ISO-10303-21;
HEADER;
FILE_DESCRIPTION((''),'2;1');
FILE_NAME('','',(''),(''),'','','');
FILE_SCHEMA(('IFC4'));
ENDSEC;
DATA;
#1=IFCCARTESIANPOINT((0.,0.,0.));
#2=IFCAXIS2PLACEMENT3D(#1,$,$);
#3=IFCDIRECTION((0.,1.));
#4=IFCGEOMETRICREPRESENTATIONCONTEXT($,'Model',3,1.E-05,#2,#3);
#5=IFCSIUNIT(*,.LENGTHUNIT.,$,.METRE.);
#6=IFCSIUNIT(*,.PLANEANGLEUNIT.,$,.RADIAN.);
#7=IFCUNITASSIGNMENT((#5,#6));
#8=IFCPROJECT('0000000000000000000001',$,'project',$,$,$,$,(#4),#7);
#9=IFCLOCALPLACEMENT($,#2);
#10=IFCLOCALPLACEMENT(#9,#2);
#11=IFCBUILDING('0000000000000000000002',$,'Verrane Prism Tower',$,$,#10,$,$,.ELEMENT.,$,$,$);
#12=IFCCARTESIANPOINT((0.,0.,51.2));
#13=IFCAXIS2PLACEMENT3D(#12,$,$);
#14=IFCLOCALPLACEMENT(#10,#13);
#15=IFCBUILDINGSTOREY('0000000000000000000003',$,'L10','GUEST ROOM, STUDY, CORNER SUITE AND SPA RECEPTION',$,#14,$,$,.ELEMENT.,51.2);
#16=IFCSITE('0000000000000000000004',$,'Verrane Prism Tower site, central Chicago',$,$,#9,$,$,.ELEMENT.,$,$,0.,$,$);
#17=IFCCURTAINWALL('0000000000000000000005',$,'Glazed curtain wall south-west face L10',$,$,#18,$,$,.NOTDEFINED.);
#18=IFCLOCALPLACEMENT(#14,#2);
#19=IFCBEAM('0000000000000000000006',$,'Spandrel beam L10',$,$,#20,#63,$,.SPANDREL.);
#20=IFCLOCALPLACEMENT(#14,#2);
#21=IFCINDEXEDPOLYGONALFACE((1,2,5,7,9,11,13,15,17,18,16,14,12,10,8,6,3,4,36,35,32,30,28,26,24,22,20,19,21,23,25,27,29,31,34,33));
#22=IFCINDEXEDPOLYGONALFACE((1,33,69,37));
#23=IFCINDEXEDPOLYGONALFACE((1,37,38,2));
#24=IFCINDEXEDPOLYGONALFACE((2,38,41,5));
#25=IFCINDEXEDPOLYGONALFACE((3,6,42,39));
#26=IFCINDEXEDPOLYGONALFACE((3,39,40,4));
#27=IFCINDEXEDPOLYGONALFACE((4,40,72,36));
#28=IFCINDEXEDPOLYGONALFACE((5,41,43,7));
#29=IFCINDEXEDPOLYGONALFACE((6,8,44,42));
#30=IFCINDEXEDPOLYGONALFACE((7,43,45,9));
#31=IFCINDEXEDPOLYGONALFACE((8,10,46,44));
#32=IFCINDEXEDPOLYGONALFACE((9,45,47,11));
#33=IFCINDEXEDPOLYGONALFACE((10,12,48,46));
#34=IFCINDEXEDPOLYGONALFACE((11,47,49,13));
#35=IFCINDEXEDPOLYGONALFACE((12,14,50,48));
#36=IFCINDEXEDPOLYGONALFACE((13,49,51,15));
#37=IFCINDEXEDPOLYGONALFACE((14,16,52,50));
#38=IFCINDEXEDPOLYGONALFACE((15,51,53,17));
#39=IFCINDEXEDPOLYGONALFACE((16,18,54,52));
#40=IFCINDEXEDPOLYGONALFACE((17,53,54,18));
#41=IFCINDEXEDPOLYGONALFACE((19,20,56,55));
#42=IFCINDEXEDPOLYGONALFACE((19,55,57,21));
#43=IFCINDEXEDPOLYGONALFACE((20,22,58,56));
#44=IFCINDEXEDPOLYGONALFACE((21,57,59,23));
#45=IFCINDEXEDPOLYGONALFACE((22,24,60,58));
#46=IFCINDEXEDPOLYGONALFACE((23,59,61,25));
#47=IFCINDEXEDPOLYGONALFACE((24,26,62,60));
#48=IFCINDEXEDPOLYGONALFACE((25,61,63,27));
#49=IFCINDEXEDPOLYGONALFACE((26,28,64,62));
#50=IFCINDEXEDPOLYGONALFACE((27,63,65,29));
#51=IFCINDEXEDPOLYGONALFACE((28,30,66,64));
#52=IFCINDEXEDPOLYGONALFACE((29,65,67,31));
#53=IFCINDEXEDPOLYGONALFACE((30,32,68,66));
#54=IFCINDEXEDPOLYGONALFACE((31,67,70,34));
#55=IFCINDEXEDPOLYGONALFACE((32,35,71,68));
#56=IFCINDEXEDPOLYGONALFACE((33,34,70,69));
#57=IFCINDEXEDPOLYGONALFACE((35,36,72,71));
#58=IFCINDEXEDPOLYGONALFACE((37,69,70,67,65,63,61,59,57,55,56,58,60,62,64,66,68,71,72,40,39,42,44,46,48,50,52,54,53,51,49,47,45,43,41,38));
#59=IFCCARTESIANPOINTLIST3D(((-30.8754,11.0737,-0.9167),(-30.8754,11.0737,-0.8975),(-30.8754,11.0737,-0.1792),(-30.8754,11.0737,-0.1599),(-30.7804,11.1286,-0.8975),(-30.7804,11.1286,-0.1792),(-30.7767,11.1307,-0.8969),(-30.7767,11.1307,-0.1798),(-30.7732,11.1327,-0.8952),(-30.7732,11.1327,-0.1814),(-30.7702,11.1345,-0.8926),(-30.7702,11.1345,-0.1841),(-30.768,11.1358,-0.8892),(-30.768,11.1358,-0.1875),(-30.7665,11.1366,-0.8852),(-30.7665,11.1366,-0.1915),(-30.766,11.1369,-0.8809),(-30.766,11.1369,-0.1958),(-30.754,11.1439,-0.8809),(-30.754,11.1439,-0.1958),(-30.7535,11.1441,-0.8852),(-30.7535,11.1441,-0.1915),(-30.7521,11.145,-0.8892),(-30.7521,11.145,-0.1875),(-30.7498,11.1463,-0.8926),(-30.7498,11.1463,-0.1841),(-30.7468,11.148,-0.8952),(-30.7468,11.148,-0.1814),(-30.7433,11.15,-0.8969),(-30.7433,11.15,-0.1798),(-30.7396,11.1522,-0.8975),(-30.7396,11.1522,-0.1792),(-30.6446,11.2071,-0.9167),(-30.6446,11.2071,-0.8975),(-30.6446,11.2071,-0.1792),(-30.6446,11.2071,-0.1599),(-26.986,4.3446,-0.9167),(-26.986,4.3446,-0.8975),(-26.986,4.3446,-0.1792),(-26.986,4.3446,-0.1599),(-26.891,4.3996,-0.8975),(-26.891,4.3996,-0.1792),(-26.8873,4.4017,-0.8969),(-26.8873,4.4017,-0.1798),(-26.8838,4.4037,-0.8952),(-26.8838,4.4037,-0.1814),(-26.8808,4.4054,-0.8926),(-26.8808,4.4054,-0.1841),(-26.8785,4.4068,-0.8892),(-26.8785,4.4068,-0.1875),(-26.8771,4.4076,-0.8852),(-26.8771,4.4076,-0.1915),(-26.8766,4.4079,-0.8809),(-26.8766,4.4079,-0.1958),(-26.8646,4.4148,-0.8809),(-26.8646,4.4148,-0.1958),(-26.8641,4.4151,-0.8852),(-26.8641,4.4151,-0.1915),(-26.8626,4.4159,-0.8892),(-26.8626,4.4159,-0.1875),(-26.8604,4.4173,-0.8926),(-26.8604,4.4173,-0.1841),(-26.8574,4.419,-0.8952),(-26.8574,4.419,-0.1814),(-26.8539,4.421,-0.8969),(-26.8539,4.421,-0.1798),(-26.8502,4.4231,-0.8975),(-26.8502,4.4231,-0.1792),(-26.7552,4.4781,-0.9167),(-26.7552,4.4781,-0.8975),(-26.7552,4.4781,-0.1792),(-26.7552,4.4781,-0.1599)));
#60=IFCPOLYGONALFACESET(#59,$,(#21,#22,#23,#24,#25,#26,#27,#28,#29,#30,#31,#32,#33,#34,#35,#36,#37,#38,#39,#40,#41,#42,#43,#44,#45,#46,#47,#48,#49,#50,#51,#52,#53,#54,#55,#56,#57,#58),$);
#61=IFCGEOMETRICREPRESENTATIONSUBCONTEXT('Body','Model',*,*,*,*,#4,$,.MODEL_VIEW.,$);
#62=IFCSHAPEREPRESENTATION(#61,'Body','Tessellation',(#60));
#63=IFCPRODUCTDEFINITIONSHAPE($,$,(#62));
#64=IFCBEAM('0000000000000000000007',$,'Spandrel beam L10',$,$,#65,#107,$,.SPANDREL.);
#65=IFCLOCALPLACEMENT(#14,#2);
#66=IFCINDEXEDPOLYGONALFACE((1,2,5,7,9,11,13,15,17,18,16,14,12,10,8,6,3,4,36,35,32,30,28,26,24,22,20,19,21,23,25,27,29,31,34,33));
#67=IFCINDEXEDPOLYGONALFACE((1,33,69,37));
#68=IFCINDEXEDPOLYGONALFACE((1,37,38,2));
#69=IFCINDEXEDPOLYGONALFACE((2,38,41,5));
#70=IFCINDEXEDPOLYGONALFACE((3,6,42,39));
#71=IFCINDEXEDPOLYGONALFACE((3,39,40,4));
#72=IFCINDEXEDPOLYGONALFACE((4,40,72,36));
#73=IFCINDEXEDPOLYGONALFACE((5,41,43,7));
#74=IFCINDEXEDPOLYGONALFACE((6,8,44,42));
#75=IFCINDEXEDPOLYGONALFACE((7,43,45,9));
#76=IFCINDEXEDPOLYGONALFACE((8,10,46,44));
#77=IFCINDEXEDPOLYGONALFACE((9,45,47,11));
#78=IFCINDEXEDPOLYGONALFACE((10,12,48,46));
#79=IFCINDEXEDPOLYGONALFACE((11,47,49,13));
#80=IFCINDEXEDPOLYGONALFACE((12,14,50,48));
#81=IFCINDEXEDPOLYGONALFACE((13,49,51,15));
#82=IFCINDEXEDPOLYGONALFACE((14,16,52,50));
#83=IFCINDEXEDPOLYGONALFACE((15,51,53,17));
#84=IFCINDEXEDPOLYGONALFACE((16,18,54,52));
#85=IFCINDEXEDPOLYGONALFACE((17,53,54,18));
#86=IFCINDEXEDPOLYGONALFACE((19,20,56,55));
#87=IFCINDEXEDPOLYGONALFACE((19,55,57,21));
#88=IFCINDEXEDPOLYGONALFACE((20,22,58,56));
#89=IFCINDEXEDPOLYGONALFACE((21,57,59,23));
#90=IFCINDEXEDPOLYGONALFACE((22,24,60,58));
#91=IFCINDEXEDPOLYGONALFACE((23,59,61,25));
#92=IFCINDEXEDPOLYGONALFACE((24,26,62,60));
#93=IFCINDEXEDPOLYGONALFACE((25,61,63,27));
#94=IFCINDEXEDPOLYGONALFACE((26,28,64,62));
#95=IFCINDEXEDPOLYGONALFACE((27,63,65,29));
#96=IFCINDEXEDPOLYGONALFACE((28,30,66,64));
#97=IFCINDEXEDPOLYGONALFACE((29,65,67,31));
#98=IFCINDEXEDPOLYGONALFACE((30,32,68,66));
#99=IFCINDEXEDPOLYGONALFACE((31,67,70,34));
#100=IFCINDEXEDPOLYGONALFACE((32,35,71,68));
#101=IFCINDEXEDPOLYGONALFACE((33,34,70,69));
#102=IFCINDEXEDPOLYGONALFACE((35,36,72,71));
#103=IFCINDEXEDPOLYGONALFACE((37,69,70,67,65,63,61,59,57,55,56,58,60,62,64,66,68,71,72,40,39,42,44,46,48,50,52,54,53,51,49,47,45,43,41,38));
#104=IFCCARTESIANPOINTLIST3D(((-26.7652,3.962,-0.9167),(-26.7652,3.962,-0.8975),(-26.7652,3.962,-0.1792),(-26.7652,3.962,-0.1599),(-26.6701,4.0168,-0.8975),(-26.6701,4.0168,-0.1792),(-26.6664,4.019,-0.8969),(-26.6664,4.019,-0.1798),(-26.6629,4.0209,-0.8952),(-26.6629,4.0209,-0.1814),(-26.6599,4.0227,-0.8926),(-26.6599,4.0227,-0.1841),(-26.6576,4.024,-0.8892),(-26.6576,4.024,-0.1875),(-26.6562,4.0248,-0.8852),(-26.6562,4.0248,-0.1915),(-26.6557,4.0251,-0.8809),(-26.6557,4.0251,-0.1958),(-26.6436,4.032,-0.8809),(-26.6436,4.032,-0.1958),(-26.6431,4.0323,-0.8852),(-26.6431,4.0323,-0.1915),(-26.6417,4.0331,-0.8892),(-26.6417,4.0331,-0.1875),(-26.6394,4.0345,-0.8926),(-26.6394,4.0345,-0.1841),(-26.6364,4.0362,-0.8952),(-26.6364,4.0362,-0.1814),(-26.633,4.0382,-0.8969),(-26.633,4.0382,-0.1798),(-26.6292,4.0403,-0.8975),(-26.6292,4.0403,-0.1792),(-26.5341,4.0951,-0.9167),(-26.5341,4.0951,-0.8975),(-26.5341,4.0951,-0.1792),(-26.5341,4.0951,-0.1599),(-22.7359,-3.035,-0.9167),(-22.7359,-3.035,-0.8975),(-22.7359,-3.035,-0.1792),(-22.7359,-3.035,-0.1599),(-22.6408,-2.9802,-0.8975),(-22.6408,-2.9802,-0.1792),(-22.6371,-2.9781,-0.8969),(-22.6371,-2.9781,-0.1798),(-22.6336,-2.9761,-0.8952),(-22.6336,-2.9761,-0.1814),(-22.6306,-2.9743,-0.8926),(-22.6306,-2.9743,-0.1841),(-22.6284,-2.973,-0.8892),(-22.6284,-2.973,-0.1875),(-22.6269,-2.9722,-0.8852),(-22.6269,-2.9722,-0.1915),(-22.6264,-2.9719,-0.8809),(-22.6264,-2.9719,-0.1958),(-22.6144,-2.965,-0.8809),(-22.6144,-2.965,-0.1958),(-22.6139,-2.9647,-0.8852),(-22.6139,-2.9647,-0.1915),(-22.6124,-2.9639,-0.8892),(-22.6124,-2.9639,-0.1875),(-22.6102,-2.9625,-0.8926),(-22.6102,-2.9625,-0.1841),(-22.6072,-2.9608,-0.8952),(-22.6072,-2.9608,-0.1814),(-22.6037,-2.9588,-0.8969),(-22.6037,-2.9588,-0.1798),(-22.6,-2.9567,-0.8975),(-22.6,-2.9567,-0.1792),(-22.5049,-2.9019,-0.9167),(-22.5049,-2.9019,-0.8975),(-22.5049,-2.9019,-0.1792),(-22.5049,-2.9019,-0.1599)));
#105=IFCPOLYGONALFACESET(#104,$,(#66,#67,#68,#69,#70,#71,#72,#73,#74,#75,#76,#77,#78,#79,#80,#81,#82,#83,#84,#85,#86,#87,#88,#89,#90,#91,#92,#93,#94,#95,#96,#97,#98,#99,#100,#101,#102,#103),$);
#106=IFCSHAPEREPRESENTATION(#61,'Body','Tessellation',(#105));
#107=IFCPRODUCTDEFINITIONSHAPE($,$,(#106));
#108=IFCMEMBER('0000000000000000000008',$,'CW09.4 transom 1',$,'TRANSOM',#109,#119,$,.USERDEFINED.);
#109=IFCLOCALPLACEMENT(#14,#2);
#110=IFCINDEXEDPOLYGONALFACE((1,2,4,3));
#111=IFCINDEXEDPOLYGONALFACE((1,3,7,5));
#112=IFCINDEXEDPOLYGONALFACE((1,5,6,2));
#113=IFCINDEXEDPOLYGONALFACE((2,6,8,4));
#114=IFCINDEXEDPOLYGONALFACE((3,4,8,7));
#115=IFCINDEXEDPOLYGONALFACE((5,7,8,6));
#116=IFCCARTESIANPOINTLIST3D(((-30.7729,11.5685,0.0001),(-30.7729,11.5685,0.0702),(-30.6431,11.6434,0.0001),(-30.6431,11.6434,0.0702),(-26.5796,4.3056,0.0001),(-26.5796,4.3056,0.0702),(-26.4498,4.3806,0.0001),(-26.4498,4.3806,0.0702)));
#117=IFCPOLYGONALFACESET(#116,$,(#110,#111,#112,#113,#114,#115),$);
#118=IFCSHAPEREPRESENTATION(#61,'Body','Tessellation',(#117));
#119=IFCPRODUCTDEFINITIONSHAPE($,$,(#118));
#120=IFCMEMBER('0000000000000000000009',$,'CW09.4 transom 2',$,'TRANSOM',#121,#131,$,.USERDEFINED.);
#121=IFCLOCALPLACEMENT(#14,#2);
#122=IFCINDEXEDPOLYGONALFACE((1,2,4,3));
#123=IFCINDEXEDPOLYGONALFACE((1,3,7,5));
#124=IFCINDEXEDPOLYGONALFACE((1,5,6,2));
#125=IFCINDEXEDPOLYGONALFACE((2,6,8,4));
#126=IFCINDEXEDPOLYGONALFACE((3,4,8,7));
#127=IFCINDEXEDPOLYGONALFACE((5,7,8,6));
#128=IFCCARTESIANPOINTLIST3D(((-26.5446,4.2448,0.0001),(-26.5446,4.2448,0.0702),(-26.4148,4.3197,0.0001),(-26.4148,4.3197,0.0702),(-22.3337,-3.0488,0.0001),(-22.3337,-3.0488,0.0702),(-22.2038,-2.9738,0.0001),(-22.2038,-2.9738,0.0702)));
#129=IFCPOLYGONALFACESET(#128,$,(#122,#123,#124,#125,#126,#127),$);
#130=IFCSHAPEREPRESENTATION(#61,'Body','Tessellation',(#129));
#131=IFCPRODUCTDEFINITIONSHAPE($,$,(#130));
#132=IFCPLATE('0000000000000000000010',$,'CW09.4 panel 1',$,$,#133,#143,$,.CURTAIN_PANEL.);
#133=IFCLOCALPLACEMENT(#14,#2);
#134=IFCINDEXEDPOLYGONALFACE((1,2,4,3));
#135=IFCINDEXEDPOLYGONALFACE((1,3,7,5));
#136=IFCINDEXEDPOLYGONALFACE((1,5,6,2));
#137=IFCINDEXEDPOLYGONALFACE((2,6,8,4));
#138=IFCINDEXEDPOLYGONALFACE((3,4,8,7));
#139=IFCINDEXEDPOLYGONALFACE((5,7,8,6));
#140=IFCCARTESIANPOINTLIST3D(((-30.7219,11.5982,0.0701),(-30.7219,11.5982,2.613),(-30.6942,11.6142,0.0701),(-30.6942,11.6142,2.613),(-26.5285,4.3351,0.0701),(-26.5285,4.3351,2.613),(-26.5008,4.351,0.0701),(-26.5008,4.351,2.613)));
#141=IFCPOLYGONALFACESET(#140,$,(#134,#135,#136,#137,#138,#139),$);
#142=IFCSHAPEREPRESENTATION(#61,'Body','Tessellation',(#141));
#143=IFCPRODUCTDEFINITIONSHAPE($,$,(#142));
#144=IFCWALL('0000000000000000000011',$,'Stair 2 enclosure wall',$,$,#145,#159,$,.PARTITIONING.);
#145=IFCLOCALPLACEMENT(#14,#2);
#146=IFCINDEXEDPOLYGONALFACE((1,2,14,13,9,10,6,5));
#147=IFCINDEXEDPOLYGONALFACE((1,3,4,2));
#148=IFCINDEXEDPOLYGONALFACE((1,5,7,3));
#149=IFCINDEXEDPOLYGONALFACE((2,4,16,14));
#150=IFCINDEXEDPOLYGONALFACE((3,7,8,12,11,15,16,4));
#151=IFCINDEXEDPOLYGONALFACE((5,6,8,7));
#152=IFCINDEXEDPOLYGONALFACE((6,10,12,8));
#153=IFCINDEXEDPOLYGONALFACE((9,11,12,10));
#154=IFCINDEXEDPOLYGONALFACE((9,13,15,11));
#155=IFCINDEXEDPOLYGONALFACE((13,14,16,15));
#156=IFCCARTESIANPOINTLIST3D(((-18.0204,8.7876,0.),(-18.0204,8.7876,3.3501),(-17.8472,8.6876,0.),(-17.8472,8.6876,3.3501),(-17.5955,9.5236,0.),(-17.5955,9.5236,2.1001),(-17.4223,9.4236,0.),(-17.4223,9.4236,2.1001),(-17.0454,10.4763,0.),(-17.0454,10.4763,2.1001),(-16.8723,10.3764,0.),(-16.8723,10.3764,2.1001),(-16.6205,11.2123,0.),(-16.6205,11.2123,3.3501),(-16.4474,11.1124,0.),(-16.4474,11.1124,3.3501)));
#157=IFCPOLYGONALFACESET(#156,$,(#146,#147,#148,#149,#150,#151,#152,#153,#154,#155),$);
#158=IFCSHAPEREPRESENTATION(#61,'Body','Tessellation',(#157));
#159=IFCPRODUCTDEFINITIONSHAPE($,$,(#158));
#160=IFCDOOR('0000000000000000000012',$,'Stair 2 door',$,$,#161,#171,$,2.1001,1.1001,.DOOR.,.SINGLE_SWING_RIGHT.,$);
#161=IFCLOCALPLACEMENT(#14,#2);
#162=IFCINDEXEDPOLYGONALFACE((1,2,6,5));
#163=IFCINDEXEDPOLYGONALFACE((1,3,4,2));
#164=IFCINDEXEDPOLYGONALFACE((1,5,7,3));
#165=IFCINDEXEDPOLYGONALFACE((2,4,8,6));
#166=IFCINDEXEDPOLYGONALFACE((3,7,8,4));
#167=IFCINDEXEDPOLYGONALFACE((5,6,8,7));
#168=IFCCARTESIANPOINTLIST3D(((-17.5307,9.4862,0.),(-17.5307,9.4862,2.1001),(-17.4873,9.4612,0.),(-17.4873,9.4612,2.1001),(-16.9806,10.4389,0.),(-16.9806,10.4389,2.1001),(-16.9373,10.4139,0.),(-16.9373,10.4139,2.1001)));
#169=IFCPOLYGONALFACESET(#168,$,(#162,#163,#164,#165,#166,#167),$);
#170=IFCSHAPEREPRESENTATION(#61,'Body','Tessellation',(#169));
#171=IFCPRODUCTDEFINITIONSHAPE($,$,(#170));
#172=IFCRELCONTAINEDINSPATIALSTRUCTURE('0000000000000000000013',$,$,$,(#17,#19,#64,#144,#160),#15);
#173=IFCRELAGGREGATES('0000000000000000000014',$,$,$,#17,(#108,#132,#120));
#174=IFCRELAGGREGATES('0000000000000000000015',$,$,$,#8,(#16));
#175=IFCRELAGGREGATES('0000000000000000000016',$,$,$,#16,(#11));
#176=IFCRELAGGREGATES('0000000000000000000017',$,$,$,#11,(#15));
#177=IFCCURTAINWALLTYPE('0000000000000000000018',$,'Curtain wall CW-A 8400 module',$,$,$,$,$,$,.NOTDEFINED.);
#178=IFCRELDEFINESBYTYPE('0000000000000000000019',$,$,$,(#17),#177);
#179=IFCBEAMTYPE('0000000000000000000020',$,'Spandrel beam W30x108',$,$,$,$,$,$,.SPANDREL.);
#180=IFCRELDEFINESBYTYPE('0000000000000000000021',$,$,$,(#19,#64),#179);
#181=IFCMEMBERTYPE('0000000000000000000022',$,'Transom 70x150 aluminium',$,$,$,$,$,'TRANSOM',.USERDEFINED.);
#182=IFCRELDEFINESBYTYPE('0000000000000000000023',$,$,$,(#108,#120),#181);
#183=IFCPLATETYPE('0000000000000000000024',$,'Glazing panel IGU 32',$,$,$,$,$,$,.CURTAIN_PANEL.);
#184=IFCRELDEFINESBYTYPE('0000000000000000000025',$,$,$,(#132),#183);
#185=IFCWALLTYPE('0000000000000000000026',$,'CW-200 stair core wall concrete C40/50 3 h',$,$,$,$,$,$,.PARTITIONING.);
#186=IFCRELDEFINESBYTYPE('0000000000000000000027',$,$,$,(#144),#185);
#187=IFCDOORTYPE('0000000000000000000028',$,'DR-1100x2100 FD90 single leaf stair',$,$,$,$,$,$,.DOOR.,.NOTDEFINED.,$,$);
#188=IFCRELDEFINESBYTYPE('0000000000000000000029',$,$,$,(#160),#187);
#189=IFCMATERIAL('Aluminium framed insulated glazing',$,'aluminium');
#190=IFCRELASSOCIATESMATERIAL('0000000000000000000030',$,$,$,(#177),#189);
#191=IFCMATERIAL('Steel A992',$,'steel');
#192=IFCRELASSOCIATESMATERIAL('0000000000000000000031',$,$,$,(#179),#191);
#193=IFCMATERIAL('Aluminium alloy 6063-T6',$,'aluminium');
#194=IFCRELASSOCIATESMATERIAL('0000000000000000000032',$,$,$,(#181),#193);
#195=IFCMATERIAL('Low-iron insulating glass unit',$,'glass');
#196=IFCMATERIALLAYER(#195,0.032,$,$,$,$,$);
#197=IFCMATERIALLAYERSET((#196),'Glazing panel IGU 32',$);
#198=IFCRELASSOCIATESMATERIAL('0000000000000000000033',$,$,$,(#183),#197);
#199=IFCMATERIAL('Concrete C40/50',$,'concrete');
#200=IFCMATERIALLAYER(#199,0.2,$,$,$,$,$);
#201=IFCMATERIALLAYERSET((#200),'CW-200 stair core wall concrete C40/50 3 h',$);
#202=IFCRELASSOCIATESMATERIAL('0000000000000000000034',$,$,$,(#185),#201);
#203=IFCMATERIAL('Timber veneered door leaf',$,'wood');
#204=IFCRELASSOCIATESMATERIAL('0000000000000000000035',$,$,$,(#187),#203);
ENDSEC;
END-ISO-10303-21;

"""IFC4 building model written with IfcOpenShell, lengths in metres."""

from ifc_helpers import new_model, si_unit, direction, frame, frame_2d, origin, origin_2d, place, context, subcontext, project, spatial, rectangle, i_section, extrude, material, layer, layer_set, material_profile, profile_set, type_object, element, fill, aggregate, save


model = new_model("IFC4")

# Units and contexts
model_context = context("Model", 3, precision=1e-05, world=origin(), true_north=direction((0.0, 1.0)))
body_context = subcontext(model_context, "Body", "Model", "MODEL_VIEW")
ifc_project = project(units=[si_unit("LENGTHUNIT", "METRE"), si_unit("PLANEANGLEUNIT", "RADIAN")], contexts=[model_context])

# Site, building, storey
site_placement = place(None, origin())
site = spatial("IfcSite", under=ifc_project, at=site_placement, Name="Verrane Prism Tower site, central Chicago", CompositionType="ELEMENT", RefElevation=0.0)
building_placement = place(site_placement, origin())
building = spatial("IfcBuilding", under=site, at=building_placement, Name="Verrane Prism Tower", CompositionType="ELEMENT")
storey_placement = place(building_placement, frame((0.0, 0.0, 51.2)))
storey = spatial("IfcBuildingStorey", under=building, at=storey_placement, Name="L10", Description="GUEST ROOM, STUDY, CORNER SUITE AND SPA RECEPTION", CompositionType="ELEMENT", Elevation=51.2)

# Curtain wall
ifc_material_1 = material(Name="Aluminium framed insulated glazing", Category="aluminium")
curtain_wall_type = type_object("IfcCurtainWallType", Name="Curtain wall CW-A 8400 module", PredefinedType="NOTDEFINED", material=ifc_material_1)
curtain_wall_placement = place(storey_placement, origin())
curtain_wall = element("IfcCurtainWall", 1, at=curtain_wall_placement, inside=storey, type_object=curtain_wall_type, Name="Glazed curtain wall south-west face L10", PredefinedType="NOTDEFINED")

# Beams
ifc_material_2 = material(Name="Steel A992", Category="steel")
ifc_material_profile_1 = material_profile(ifc_material_2, i_section(OverallWidth=0.2666, OverallDepth=0.7568, WebThickness=0.0139, FlangeThickness=0.0193, FilletRadius=0.0166, at=origin_2d()), Name="W30x108")
ifc_profile_set_1 = profile_set([ifc_material_profile_1], Name="Steel A992")
beam_type_1 = type_object("IfcBeamType", Name="Spandrel beam W30x108", PredefinedType="SPANDREL", material=ifc_profile_set_1)
beam_1_placement = place(storey_placement, frame((-30.76, 11.1404, -0.5383), z_axis=(0.500426, -0.865779, 0.0), x_axis=(0.865779, 0.500426, 0.0)))
element("IfcBeam", 2, at=beam_1_placement, inside=storey, type_object=beam_type_1, Name="Spandrel beam L10", PredefinedType="SPANDREL", context=body_context, shape_type="SweptSolid", body=[
    extrude(i_section(OverallWidth=0.2666, OverallDepth=0.7568, WebThickness=0.0139, FlangeThickness=0.0193, FilletRadius=0.0166, at=origin_2d()), origin(), (0.0, 0.0, 1.0), 7.7722),
])
beam_2_placement = place(storey_placement, frame((-26.6497, 4.0286, -0.5383), z_axis=(0.499028, -0.866586, 0.0), x_axis=(0.866586, 0.499028, 0.0)))
element("IfcBeam", 3, at=beam_2_placement, inside=storey, type_object=beam_type_1, Name="Spandrel beam L10", PredefinedType="SPANDREL", context=body_context, shape_type="SweptSolid", body=[
    extrude(i_section(OverallWidth=0.2666, OverallDepth=0.7568, WebThickness=0.0139, FlangeThickness=0.0193, FilletRadius=0.0166, at=origin_2d()), origin(), (0.0, 0.0, 1.0), 8.0742),
])

# Members
ifc_material_3 = material(Name="Aluminium alloy 6063-T6", Category="aluminium")
ifc_material_profile_2 = material_profile(ifc_material_3, rectangle(XDim=0.1499, YDim=0.0701, at=origin_2d()), Name="Transom 70x150 aluminium")
ifc_profile_set_2 = profile_set([ifc_material_profile_2], Name="Aluminium alloy 6063-T6")
member_type_1 = type_object("IfcMemberType", Name="Transom 70x150 aluminium", ElementType="TRANSOM", PredefinedType="USERDEFINED", material=ifc_profile_set_2)
member_1_placement = place(storey_placement, frame((-30.708, 11.606, 0.0352), z_axis=(0.500009, -0.86602, 0.0), x_axis=(0.86602, 0.500009, 0.0)))
member_1 = element("IfcMember", 4, at=member_1_placement, type_object=member_type_1, Name="CW09.4 transom 1", ObjectType="TRANSOM", PredefinedType="USERDEFINED", context=body_context, shape_type="SweptSolid", body=[
    extrude(rectangle(XDim=0.1499, YDim=0.0701, at=origin_2d()), origin(), (0.0, 0.0, 1.0), 8.3865),
])
member_2_placement = place(storey_placement, frame((-26.4797, 4.2822, 0.0352), z_axis=(0.500005, -0.866022, 0.0), x_axis=(0.866022, 0.500005, 0.0)))
member_2 = element("IfcMember", 5, at=member_2_placement, type_object=member_type_1, Name="CW09.4 transom 2", ObjectType="TRANSOM", PredefinedType="USERDEFINED", context=body_context, shape_type="SweptSolid", body=[
    extrude(rectangle(XDim=0.1499, YDim=0.0701, at=origin_2d()), origin(), (0.0, 0.0, 1.0), 8.4219),
])

# Plate
ifc_material_4 = material(Name="Low-iron insulating glass unit", Category="glass")
ifc_layer_1 = layer(ifc_material_4, 0.032)
ifc_layer_set_1 = layer_set([ifc_layer_1], Name="Glazing panel IGU 32")
plate_type = type_object("IfcPlateType", Name="Glazing panel IGU 32", PredefinedType="CURTAIN_PANEL", material=ifc_layer_set_1)
plate_placement = place(storey_placement, frame((-28.6113, 7.9746, 0.0701), z_axis=(0.0, 0.0, 1.0), x_axis=(0.499999, -0.866026, 0.0)))
plate = element("IfcPlate", 6, at=plate_placement, type_object=plate_type, Name="CW09.4 panel 1", PredefinedType="CURTAIN_PANEL", context=body_context, shape_type="SweptSolid", body=[
    extrude(rectangle(XDim=8.3867, YDim=0.032, at=origin_2d()), origin(), (0.0, 0.0, 1.0), 2.543),
])
aggregate(curtain_wall, [member_1, plate, member_2])

# Wall, opening, door
ifc_material_5 = material(Name="Concrete C40/50", Category="concrete")
ifc_layer_2 = layer(ifc_material_5, 0.2)
ifc_layer_set_2 = layer_set([ifc_layer_2], Name="CW-200 stair core wall concrete C40/50 3 h")
wall_type_1 = type_object("IfcWallType", Name="CW-200 stair core wall concrete C40/50 3 h", PredefinedType="PARTITIONING", material=ifc_layer_set_2)
wall_1_placement = place(storey_placement, frame((-16.5339, 11.1624, 0.0), z_axis=(0.0, 0.0, 1.0), x_axis=(-0.499984, -0.866035, 0.0)))
wall_1 = element("IfcWall", 7, at=wall_1_placement, inside=storey, type_object=wall_type_1, Name="Stair 2 enclosure wall", PredefinedType="PARTITIONING", context=body_context, shape_type="SweptSolid", body=[
    extrude(rectangle(XDim=2.7998, YDim=0.2, at=frame_2d((1.3999, 0.0))), origin(), (0.0, 0.0, 1.0), 3.3501),
])
opening_1_placement = place(wall_1_placement, frame((0.8499, 0.0, 0.0)))
opening_1 = element("IfcOpeningElement", 8, at=opening_1_placement, cuts=wall_1, PredefinedType="OPENING", context=body_context, shape_type="SweptSolid", body=[
    extrude(rectangle(XDim=1.1001, YDim=2.1001, at=frame_2d((0.55, 1.05))), frame((0.0, 0.1099, 0.0), z_axis=(0.0, -1.0, 0.0), x_axis=(1.0, 0.0, 0.0)), (0.0, 0.0, 1.0), 0.22),
])
ifc_material_6 = material(Name="Timber veneered door leaf", Category="wood")
door_type_1 = type_object("IfcDoorType", Name="DR-1100x2100 FD90 single leaf stair", OperationType="NOTDEFINED", PredefinedType="DOOR", material=ifc_material_6)
door_1_placement = place(opening_1_placement, origin())
door_1 = element("IfcDoor", 9, at=door_1_placement, inside=storey, type_object=door_type_1, Name="Stair 2 door", OperationType="SINGLE_SWING_RIGHT", OverallHeight=2.1001, OverallWidth=1.1001, PredefinedType="DOOR", context=body_context, shape_type="SweptSolid", body=[
    extrude(rectangle(XDim=1.1001, YDim=2.1001, at=frame_2d((0.55, 1.05))), frame((0.0, 0.0249, 0.0), z_axis=(0.0, -1.0, 0.0), x_axis=(1.0, 0.0, 0.0)), (0.0, 0.0, 1.0), 0.05),
])
fill(opening_1, door_1)

save(model, "model.ifc")
